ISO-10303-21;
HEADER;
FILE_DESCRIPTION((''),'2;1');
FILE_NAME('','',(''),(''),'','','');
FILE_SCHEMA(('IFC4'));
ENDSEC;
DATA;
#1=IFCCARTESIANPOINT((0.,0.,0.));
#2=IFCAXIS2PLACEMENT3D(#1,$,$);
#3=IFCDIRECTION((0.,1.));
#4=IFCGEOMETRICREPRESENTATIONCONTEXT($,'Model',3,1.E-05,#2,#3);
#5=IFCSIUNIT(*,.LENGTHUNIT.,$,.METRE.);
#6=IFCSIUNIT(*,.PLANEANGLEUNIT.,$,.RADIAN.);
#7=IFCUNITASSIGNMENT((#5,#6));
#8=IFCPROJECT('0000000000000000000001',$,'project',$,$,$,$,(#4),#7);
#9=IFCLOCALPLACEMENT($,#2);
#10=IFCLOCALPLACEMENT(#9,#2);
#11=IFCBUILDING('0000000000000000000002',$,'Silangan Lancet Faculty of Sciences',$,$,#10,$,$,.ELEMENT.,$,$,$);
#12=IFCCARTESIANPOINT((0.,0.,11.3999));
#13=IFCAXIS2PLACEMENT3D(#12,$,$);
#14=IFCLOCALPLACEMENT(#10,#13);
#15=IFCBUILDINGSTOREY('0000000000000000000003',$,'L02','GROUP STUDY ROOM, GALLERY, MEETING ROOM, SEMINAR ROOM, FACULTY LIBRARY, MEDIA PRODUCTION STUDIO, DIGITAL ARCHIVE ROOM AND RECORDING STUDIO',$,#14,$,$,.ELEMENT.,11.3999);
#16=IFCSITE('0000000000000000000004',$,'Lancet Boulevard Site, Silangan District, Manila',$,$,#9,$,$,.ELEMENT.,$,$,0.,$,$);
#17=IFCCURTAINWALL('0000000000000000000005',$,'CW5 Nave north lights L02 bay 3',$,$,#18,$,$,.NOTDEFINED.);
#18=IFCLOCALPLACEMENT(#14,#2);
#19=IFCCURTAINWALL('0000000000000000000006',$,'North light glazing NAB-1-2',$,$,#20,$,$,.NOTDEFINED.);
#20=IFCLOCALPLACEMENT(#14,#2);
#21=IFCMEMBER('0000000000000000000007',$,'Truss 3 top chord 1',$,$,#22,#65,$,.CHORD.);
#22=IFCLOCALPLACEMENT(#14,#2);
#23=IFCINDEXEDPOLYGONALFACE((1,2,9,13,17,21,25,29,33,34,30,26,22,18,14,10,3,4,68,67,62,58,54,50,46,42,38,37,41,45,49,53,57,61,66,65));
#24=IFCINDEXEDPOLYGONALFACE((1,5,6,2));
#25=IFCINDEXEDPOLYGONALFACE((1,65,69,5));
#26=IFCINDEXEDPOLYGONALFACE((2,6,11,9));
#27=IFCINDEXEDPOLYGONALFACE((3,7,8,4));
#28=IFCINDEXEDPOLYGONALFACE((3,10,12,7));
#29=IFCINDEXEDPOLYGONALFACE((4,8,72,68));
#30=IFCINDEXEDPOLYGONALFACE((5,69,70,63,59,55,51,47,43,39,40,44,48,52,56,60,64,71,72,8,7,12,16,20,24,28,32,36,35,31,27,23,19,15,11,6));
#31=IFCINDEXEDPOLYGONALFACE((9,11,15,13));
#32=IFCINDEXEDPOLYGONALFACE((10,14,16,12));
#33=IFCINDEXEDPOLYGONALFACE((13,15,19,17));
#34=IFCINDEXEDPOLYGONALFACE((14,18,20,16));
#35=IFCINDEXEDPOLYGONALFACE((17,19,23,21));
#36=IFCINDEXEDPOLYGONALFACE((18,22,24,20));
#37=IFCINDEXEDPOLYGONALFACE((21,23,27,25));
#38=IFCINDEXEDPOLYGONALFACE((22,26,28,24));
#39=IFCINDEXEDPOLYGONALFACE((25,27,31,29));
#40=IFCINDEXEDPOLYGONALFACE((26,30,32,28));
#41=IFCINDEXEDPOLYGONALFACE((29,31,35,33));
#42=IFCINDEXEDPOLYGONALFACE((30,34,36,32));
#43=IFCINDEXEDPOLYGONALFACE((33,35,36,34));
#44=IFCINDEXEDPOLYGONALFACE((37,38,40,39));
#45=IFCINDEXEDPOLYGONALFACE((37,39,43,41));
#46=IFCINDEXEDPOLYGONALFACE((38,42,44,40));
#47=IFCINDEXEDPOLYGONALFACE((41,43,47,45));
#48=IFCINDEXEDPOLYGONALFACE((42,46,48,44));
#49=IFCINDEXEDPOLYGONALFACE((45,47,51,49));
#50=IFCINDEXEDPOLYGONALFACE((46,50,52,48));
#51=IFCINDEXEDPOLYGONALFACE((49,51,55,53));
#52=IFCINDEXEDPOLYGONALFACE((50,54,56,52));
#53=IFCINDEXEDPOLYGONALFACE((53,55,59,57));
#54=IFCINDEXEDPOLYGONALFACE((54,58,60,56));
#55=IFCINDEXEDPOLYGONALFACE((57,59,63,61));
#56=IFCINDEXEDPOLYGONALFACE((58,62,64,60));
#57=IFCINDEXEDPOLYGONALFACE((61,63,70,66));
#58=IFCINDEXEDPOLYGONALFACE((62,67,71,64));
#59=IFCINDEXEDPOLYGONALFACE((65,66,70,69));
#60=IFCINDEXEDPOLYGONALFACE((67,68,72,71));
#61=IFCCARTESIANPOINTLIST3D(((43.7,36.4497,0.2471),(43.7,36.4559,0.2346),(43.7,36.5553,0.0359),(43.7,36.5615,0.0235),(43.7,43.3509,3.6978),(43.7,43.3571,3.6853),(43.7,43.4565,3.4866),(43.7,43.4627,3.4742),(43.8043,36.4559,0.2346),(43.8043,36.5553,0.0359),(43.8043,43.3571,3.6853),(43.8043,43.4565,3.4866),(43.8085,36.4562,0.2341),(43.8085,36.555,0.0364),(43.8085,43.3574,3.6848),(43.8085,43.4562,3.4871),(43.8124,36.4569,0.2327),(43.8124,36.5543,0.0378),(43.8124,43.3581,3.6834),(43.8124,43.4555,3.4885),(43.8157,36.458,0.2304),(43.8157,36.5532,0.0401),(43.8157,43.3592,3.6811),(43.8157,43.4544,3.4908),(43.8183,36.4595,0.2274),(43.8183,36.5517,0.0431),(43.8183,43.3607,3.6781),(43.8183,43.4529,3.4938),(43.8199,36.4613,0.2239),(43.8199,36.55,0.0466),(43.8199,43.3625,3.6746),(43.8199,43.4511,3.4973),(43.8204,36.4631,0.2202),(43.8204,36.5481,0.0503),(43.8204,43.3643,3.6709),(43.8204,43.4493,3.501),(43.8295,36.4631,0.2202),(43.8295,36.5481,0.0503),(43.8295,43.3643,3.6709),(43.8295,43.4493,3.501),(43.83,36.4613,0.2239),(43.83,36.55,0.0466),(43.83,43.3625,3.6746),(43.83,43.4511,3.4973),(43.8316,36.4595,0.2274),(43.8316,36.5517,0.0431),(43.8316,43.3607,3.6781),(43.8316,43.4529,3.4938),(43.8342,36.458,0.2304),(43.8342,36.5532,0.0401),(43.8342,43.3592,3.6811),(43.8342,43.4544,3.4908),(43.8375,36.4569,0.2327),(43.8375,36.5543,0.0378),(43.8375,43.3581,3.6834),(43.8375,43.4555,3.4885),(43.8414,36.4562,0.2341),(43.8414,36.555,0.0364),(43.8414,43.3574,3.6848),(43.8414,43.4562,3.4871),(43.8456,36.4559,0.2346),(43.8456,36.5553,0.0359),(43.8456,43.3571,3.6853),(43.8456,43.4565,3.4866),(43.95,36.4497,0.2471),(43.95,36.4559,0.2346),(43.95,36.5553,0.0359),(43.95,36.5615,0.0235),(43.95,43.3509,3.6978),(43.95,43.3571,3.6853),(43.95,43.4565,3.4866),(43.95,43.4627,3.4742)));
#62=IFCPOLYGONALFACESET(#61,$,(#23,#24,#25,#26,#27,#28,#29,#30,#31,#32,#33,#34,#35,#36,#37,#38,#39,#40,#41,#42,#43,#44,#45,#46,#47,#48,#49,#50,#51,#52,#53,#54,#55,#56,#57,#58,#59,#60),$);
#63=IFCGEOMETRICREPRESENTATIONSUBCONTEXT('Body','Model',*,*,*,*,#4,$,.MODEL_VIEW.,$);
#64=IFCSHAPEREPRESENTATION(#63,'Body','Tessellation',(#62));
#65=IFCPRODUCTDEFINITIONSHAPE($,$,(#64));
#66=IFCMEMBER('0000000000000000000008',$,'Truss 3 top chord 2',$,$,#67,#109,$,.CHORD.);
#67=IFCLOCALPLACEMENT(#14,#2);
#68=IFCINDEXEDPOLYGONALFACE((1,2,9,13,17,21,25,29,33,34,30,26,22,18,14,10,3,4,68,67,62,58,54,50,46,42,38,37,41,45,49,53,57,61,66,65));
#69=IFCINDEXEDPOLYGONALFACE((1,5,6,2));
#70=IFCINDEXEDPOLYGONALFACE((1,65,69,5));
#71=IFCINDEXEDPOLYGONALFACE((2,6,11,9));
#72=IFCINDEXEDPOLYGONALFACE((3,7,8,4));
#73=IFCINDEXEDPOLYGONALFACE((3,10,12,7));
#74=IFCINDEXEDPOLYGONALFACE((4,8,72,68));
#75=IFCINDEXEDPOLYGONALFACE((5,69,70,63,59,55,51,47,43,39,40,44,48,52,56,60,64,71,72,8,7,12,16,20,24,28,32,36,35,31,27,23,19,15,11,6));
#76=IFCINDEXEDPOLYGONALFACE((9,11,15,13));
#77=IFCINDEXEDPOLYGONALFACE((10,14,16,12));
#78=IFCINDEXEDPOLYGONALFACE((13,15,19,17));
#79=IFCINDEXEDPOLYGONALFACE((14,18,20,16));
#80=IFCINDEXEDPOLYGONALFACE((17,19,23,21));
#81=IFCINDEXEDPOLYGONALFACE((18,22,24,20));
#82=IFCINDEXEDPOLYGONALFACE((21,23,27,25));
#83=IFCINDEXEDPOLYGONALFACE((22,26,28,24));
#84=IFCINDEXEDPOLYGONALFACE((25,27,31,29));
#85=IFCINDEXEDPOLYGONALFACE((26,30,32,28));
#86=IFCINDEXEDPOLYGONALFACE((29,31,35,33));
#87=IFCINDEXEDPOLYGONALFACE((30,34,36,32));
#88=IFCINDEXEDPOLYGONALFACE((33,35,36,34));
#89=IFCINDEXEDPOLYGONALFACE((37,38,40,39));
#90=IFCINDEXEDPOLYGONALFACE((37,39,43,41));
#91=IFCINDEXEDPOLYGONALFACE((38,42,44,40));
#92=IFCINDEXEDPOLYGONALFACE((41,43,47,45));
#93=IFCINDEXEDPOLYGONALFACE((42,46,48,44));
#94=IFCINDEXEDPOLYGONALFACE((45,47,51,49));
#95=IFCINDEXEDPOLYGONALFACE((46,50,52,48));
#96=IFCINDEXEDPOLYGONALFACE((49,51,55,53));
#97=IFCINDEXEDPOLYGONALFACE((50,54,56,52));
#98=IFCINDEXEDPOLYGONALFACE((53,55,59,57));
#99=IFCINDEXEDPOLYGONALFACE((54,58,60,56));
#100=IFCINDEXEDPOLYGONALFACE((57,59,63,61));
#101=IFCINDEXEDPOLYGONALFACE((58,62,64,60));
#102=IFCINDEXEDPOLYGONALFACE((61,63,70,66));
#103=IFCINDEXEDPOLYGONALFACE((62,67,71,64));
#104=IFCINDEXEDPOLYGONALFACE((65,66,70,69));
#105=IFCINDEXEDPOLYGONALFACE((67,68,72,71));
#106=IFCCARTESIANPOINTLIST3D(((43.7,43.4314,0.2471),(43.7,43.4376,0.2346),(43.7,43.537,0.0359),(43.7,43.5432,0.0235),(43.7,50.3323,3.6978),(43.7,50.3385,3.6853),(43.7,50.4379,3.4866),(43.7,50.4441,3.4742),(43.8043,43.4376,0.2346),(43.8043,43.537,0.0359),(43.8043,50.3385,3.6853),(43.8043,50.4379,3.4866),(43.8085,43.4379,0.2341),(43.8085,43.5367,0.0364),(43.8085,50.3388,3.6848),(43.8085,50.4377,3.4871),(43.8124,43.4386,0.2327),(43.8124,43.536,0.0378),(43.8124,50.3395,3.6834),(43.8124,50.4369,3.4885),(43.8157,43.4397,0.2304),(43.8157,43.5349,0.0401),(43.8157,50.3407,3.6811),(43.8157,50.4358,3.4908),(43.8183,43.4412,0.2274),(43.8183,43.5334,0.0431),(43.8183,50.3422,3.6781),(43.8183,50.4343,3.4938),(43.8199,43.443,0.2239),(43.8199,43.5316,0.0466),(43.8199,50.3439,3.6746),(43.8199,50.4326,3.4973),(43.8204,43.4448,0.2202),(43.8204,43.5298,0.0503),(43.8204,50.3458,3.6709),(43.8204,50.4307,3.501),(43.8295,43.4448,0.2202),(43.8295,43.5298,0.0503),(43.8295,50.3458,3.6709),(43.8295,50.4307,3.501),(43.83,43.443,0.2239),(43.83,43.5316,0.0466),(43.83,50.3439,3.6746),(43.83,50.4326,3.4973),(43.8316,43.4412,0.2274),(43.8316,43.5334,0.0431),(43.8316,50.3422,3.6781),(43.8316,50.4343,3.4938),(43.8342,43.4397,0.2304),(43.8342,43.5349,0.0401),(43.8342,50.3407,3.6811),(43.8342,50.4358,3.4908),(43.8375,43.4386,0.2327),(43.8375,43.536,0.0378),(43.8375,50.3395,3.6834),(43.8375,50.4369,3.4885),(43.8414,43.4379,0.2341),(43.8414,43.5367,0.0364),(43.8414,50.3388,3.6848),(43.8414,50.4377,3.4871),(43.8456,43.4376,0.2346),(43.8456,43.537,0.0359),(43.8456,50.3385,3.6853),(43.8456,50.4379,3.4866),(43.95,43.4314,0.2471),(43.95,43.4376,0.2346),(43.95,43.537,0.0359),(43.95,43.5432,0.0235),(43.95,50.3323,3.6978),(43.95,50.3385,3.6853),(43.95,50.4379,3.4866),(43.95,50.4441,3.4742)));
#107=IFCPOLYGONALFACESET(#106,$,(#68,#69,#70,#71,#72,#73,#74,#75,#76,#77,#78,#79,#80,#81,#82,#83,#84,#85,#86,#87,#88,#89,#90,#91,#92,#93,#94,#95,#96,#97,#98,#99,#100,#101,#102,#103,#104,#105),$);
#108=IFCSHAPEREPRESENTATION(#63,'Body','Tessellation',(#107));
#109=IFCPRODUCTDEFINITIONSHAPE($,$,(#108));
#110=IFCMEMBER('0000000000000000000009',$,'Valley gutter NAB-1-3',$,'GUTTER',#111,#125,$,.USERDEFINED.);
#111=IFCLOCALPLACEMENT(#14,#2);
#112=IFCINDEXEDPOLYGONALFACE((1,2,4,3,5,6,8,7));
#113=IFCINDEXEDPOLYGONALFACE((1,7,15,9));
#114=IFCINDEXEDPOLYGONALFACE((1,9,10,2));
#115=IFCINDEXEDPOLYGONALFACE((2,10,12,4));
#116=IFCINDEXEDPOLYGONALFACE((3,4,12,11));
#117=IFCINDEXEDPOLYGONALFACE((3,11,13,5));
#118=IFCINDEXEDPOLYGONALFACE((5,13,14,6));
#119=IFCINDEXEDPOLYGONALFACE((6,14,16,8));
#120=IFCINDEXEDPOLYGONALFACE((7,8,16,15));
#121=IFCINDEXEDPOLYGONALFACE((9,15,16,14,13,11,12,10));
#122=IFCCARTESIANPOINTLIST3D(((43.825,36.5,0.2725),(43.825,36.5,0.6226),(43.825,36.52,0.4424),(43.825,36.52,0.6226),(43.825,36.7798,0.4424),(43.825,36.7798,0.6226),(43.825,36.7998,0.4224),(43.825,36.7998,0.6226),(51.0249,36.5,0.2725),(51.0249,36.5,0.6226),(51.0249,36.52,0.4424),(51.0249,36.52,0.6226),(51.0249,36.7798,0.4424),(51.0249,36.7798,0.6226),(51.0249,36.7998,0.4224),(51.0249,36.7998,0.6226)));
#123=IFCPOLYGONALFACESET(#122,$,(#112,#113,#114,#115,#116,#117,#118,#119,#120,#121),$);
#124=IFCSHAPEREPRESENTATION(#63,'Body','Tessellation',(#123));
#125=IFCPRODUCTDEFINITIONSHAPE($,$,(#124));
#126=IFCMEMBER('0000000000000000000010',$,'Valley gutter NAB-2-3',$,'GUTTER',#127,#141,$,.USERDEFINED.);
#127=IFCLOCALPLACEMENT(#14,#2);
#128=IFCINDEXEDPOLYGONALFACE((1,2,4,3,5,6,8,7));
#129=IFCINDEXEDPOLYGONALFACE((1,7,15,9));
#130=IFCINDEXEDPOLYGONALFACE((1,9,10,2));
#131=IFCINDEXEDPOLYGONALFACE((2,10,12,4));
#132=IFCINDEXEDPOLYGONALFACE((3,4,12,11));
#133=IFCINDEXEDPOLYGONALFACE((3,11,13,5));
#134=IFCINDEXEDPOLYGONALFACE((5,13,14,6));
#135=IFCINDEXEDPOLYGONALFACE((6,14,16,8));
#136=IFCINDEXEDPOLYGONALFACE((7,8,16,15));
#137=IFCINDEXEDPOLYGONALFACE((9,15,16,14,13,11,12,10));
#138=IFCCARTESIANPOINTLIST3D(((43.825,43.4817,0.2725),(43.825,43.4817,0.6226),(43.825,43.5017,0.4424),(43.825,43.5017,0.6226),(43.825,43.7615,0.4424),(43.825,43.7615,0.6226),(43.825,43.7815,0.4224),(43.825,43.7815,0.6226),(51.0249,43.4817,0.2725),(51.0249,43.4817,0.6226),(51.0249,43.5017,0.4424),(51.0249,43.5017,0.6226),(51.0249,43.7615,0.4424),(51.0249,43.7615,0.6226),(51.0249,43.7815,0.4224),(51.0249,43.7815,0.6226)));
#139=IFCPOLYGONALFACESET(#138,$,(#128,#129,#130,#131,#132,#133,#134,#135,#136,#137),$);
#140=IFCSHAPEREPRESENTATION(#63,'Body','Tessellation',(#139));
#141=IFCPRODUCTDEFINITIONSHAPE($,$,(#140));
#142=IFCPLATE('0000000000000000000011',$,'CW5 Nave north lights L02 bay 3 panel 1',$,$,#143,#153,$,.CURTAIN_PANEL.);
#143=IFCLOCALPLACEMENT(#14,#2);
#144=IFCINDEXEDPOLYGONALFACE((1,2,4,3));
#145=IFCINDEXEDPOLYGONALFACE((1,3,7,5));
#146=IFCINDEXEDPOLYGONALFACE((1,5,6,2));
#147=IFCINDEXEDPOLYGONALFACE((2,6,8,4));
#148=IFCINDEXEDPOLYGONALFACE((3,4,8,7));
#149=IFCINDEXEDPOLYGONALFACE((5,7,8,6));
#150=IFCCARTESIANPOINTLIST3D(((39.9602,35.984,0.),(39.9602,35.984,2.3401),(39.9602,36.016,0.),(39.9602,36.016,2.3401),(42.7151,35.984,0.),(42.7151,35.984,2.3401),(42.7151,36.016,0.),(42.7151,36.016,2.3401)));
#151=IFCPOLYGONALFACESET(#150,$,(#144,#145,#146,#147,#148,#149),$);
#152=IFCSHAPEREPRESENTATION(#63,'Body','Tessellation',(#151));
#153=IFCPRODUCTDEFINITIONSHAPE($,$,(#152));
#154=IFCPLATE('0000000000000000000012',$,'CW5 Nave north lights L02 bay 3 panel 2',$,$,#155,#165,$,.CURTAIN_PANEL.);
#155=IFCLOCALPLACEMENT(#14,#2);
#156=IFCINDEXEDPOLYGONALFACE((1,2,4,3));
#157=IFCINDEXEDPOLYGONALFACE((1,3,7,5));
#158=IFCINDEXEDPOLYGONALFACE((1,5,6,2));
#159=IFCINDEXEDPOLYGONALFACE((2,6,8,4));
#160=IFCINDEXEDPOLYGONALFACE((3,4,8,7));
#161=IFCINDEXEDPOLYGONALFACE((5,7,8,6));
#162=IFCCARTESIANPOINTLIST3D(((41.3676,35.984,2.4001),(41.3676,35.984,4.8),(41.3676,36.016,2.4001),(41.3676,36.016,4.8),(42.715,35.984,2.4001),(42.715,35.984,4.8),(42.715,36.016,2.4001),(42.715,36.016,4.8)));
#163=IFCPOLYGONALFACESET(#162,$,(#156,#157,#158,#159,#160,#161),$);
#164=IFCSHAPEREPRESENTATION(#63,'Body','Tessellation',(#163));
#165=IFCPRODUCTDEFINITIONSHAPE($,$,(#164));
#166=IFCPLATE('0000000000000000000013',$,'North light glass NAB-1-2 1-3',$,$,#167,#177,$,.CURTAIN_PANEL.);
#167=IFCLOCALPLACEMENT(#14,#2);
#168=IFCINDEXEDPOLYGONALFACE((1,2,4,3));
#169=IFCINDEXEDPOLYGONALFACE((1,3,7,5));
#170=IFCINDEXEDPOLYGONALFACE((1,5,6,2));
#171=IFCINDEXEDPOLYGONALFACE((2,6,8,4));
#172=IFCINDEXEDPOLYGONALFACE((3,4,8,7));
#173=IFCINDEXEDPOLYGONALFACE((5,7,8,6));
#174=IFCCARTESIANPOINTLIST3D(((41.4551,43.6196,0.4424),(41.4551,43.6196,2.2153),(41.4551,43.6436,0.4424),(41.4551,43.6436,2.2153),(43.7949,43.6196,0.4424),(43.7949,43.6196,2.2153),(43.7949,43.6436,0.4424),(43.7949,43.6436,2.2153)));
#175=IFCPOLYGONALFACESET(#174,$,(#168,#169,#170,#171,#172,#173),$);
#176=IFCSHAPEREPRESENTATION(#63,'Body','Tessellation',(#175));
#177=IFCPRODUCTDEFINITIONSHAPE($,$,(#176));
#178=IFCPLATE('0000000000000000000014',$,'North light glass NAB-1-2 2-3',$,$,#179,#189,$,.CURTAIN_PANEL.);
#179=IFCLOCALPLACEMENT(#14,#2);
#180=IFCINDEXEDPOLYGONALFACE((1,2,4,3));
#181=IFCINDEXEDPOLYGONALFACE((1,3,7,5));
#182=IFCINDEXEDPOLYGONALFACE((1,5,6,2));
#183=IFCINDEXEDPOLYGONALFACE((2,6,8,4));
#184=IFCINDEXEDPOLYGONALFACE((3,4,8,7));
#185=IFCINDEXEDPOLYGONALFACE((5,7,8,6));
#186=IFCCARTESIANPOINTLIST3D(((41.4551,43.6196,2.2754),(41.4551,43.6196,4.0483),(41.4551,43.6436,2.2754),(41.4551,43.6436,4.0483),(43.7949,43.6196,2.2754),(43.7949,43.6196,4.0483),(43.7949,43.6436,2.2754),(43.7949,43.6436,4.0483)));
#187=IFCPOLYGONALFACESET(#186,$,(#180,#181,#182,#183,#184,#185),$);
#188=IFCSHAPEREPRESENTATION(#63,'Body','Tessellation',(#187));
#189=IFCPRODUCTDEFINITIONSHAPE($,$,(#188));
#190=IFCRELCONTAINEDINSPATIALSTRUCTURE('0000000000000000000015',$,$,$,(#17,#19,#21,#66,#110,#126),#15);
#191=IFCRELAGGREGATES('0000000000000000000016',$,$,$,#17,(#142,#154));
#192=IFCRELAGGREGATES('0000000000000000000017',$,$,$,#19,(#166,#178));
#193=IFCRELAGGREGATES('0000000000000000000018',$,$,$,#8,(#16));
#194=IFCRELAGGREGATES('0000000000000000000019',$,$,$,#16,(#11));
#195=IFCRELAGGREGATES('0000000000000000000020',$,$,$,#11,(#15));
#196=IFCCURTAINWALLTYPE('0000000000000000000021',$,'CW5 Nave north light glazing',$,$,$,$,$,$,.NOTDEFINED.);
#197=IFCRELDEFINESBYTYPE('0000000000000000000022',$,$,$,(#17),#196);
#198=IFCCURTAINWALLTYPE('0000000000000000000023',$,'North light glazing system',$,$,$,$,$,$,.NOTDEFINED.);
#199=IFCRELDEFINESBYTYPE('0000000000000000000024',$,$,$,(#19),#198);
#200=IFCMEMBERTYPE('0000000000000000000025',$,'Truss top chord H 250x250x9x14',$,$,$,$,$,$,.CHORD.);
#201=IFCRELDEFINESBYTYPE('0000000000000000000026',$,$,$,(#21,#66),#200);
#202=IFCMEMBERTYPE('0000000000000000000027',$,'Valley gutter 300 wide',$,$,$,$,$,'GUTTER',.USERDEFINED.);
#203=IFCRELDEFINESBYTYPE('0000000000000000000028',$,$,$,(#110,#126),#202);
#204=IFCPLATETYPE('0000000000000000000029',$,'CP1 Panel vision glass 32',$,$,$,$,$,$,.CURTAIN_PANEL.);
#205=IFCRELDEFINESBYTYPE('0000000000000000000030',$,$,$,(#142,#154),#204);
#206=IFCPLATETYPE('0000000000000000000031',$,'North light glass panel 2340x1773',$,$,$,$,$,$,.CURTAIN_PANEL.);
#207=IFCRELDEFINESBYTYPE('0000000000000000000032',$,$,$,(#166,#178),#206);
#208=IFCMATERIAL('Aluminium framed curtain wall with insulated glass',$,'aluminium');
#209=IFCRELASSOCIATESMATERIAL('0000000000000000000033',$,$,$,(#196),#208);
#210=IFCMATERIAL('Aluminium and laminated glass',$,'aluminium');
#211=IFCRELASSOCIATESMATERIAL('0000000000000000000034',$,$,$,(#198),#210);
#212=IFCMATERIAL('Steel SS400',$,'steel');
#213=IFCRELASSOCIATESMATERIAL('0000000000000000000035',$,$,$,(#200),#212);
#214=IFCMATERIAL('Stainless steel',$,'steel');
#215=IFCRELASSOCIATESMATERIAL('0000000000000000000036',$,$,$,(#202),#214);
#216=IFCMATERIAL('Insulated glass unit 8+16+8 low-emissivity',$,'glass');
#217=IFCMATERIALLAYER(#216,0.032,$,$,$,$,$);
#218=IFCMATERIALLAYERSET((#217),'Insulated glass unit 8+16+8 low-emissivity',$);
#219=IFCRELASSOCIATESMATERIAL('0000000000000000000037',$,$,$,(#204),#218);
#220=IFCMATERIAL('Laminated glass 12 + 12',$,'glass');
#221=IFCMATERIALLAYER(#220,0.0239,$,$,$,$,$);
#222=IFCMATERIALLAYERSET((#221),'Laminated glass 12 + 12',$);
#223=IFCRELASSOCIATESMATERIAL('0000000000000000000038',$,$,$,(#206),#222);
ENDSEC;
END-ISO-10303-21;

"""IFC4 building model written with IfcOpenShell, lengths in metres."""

from ifc_helpers import new_model, si_unit, direction, frame, origin, origin_2d, place, context, subcontext, project, spatial, polyline, rectangle, i_section, outline, extrude, material, layer, layer_set, material_profile, profile_set, type_object, element, aggregate, save


model = new_model("IFC4")

# Units and contexts
model_context = context("Model", 3, precision=1e-05, world=origin(), true_north=direction((0.0, 1.0)))
body_context = subcontext(model_context, "Body", "Model", "MODEL_VIEW")
ifc_project = project(units=[si_unit("LENGTHUNIT", "METRE"), si_unit("PLANEANGLEUNIT", "RADIAN")], contexts=[model_context])

# Site, building, storey
site_placement = place(None, origin())
site = spatial("IfcSite", under=ifc_project, at=site_placement, Name="Lancet Boulevard Site, Silangan District, Manila", CompositionType="ELEMENT", RefElevation=0.0)
building_placement = place(site_placement, origin())
building = spatial("IfcBuilding", under=site, at=building_placement, Name="Silangan Lancet Faculty of Sciences", CompositionType="ELEMENT")
storey_placement = place(building_placement, frame((0.0, 0.0, 11.3999)))
storey = spatial("IfcBuildingStorey", under=building, at=storey_placement, Name="L02", Description="GROUP STUDY ROOM, GALLERY, MEETING ROOM, SEMINAR ROOM, FACULTY LIBRARY, MEDIA PRODUCTION STUDIO, DIGITAL ARCHIVE ROOM AND RECORDING STUDIO", CompositionType="ELEMENT", Elevation=11.3999)

# Shared definitions
ifc_material_1 = material(Name="Aluminium framed curtain wall with insulated glass", Category="aluminium")
curtain_wall_type_1 = type_object("IfcCurtainWallType", Name="CW5 Nave north light glazing", PredefinedType="NOTDEFINED", material=ifc_material_1)

# Curtain wall
curtain_wall_1_placement = place(storey_placement, origin())
curtain_wall_1 = element("IfcCurtainWall", 1, at=curtain_wall_1_placement, inside=storey, type_object=curtain_wall_type_1, Name="CW5 Nave north lights L02 bay 3", PredefinedType="NOTDEFINED")

# Curtain wall
ifc_material_2 = material(Name="Aluminium and laminated glass", Category="aluminium")
curtain_wall_type_2 = type_object("IfcCurtainWallType", Name="North light glazing system", PredefinedType="NOTDEFINED", material=ifc_material_2)
curtain_wall_2_placement = place(storey_placement, origin())
curtain_wall_2 = element("IfcCurtainWall", 2, at=curtain_wall_2_placement, inside=storey, type_object=curtain_wall_type_2, Name="North light glazing NAB-1-2", PredefinedType="NOTDEFINED")

# Members
ifc_material_3 = material(Name="Steel SS400", Category="steel")
ifc_material_profile_1 = material_profile(ifc_material_3, i_section(OverallWidth=0.25, OverallDepth=0.25, WebThickness=0.009, FlangeThickness=0.0139, FilletRadius=0.0161, at=origin_2d()), Name="H 250x250x9x14")
ifc_profile_set_1 = profile_set([ifc_material_profile_1], Name="Steel SS400")
member_type_1 = type_object("IfcMemberType", Name="Truss top chord H 250x250x9x14", PredefinedType="CHORD", material=ifc_profile_set_1)
member_1_placement = place(storey_placement, frame((43.825, 36.5056, 0.1353), z_axis=(0.0, 0.894421, 0.447226), x_axis=(-1.0, 0.0, 0.0)))
element("IfcMember", 3, at=member_1_placement, inside=storey, type_object=member_type_1, Name="Truss 3 top chord 1", PredefinedType="CHORD", context=body_context, shape_type="SweptSolid", body=[
    extrude(i_section(OverallWidth=0.25, OverallDepth=0.25, WebThickness=0.009, FlangeThickness=0.0139, FilletRadius=0.0161, at=origin_2d()), origin(), (0.0, 0.0, 1.0), 7.7158),
])
member_2_placement = place(storey_placement, frame((43.825, 43.4873, 0.1353), z_axis=(0.0, 0.894415, 0.447239), x_axis=(-1.0, 0.0, 0.0)))
element("IfcMember", 4, at=member_2_placement, inside=storey, type_object=member_type_1, Name="Truss 3 top chord 2", PredefinedType="CHORD", context=body_context, shape_type="SweptSolid", body=[
    extrude(i_section(OverallWidth=0.25, OverallDepth=0.25, WebThickness=0.009, FlangeThickness=0.0139, FilletRadius=0.0161, at=origin_2d()), origin(), (0.0, 0.0, 1.0), 7.7156),
])
ifc_material_4 = material(Name="Stainless steel", Category="steel")
ifc_material_profile_2 = material_profile(ifc_material_4, outline(polyline([(-0.1499, 0.0), (0.1499, 0.1499), (0.1499, 0.3501), (0.1299, 0.3501), (0.1299, 0.1699), (-0.1299, 0.1699), (-0.1299, 0.3501), (-0.1499, 0.3501), (-0.1499, 0.0)])), Name="valley gutter")
ifc_profile_set_2 = profile_set([ifc_material_profile_2], Name="Stainless steel")
member_type_2 = type_object("IfcMemberType", Name="Valley gutter 300 wide", ElementType="GUTTER", PredefinedType="USERDEFINED", material=ifc_profile_set_2)
for number, where, z_axis, x_axis, name in (
    (5, (43.825, 36.6499, 0.2725), (1.0, 0.0, 0.0), (0.0, 1.0, 0.0), "Valley gutter NAB-1-3"),
    (6, (43.825, 43.6316, 0.2725), (1.0, 0.0, 0.0), (0.0, 1.0, 0.0), "Valley gutter NAB-2-3"),
):
    element("IfcMember", number, at=place(storey_placement, frame(where, z_axis=z_axis, x_axis=x_axis)), inside=storey, type_object=member_type_2, Name=name, ObjectType="GUTTER", PredefinedType="USERDEFINED", context=body_context, shape_type="SweptSolid", body=[
        extrude(outline(polyline([(-0.1499, 0.0), (0.1499, 0.1499), (0.1499, 0.3501), (0.1299, 0.3501), (0.1299, 0.1699), (-0.1299, 0.1699), (-0.1299, 0.3501), (-0.1499, 0.3501), (-0.1499, 0.0)])), origin(), (0.0, 0.0, 1.0), 7.2),
    ])

# Plates
ifc_material_5 = material(Name="Insulated glass unit 8+16+8 low-emissivity", Category="glass")
ifc_layer_1 = layer(ifc_material_5, 0.032)
ifc_layer_set_1 = layer_set([ifc_layer_1], Name="Insulated glass unit 8+16+8 low-emissivity")
plate_type_1 = type_object("IfcPlateType", Name="CP1 Panel vision glass 32", PredefinedType="CURTAIN_PANEL", material=ifc_layer_set_1)
plate_1_placement = place(storey_placement, frame((41.3376, 36.0, 0.0), z_axis=(0.0, 0.0, 1.0), x_axis=(-1.0, 0.0, 0.0)))
plate_1 = element("IfcPlate", 7, at=plate_1_placement, type_object=plate_type_1, Name="CW5 Nave north lights L02 bay 3 panel 1", PredefinedType="CURTAIN_PANEL", context=body_context, shape_type="SweptSolid", body=[
    extrude(rectangle(XDim=2.7549, YDim=0.032, at=origin_2d()), origin(), (0.0, 0.0, 1.0), 2.3401),
])
plate_2_placement = place(storey_placement, frame((42.0413, 36.0, 2.4001), z_axis=(0.0, 0.0, 1.0), x_axis=(-1.0, 0.0, 0.0)))
plate_2 = element("IfcPlate", 8, at=plate_2_placement, type_object=plate_type_1, Name="CW5 Nave north lights L02 bay 3 panel 2", PredefinedType="CURTAIN_PANEL", context=body_context, shape_type="SweptSolid", body=[
    extrude(rectangle(XDim=1.3474, YDim=0.032, at=origin_2d()), origin(), (0.0, 0.0, 1.0), 2.3999),
])
aggregate(curtain_wall_1, [plate_1, plate_2])
ifc_material_6 = material(Name="Laminated glass 12 + 12", Category="glass")
ifc_layer_2 = layer(ifc_material_6, 0.0239)
ifc_layer_set_2 = layer_set([ifc_layer_2], Name="Laminated glass 12 + 12")
plate_type_2 = type_object("IfcPlateType", Name="North light glass panel 2340x1773", PredefinedType="CURTAIN_PANEL", material=ifc_layer_set_2)
plate_3_placement = place(storey_placement, frame((41.4551, 43.6196, 0.4424), z_axis=(0.0, -1.0, 0.0), x_axis=(1.0, 0.0, 0.0)))
plate_3 = element("IfcPlate", 9, at=plate_3_placement, type_object=plate_type_2, Name="North light glass NAB-1-2 1-3", PredefinedType="CURTAIN_PANEL", context=body_context, shape_type="SweptSolid", body=[
    extrude(outline(polyline([(0.0, 0.0), (2.3398, 0.0), (2.3398, 1.7729), (0.0, 1.7729), (0.0, 0.0)])), origin(), (0.0, 0.0, -1.0), 0.0239),
])
plate_4_placement = place(storey_placement, frame((41.4551, 43.6196, 2.2754), z_axis=(0.0, -1.0, 0.0), x_axis=(1.0, 0.0, 0.0)))
plate_4 = element("IfcPlate", 10, at=plate_4_placement, type_object=plate_type_2, Name="North light glass NAB-1-2 2-3", PredefinedType="CURTAIN_PANEL", context=body_context, shape_type="SweptSolid", body=[
    extrude(outline(polyline([(0.0, 0.0), (2.3398, 0.0), (2.3398, 1.7729), (0.0, 1.7729), (0.0, 0.0)])), origin(), (0.0, 0.0, -1.0), 0.0239),
])
aggregate(curtain_wall_2, [plate_3, plate_4])

save(model, "model.ifc")
